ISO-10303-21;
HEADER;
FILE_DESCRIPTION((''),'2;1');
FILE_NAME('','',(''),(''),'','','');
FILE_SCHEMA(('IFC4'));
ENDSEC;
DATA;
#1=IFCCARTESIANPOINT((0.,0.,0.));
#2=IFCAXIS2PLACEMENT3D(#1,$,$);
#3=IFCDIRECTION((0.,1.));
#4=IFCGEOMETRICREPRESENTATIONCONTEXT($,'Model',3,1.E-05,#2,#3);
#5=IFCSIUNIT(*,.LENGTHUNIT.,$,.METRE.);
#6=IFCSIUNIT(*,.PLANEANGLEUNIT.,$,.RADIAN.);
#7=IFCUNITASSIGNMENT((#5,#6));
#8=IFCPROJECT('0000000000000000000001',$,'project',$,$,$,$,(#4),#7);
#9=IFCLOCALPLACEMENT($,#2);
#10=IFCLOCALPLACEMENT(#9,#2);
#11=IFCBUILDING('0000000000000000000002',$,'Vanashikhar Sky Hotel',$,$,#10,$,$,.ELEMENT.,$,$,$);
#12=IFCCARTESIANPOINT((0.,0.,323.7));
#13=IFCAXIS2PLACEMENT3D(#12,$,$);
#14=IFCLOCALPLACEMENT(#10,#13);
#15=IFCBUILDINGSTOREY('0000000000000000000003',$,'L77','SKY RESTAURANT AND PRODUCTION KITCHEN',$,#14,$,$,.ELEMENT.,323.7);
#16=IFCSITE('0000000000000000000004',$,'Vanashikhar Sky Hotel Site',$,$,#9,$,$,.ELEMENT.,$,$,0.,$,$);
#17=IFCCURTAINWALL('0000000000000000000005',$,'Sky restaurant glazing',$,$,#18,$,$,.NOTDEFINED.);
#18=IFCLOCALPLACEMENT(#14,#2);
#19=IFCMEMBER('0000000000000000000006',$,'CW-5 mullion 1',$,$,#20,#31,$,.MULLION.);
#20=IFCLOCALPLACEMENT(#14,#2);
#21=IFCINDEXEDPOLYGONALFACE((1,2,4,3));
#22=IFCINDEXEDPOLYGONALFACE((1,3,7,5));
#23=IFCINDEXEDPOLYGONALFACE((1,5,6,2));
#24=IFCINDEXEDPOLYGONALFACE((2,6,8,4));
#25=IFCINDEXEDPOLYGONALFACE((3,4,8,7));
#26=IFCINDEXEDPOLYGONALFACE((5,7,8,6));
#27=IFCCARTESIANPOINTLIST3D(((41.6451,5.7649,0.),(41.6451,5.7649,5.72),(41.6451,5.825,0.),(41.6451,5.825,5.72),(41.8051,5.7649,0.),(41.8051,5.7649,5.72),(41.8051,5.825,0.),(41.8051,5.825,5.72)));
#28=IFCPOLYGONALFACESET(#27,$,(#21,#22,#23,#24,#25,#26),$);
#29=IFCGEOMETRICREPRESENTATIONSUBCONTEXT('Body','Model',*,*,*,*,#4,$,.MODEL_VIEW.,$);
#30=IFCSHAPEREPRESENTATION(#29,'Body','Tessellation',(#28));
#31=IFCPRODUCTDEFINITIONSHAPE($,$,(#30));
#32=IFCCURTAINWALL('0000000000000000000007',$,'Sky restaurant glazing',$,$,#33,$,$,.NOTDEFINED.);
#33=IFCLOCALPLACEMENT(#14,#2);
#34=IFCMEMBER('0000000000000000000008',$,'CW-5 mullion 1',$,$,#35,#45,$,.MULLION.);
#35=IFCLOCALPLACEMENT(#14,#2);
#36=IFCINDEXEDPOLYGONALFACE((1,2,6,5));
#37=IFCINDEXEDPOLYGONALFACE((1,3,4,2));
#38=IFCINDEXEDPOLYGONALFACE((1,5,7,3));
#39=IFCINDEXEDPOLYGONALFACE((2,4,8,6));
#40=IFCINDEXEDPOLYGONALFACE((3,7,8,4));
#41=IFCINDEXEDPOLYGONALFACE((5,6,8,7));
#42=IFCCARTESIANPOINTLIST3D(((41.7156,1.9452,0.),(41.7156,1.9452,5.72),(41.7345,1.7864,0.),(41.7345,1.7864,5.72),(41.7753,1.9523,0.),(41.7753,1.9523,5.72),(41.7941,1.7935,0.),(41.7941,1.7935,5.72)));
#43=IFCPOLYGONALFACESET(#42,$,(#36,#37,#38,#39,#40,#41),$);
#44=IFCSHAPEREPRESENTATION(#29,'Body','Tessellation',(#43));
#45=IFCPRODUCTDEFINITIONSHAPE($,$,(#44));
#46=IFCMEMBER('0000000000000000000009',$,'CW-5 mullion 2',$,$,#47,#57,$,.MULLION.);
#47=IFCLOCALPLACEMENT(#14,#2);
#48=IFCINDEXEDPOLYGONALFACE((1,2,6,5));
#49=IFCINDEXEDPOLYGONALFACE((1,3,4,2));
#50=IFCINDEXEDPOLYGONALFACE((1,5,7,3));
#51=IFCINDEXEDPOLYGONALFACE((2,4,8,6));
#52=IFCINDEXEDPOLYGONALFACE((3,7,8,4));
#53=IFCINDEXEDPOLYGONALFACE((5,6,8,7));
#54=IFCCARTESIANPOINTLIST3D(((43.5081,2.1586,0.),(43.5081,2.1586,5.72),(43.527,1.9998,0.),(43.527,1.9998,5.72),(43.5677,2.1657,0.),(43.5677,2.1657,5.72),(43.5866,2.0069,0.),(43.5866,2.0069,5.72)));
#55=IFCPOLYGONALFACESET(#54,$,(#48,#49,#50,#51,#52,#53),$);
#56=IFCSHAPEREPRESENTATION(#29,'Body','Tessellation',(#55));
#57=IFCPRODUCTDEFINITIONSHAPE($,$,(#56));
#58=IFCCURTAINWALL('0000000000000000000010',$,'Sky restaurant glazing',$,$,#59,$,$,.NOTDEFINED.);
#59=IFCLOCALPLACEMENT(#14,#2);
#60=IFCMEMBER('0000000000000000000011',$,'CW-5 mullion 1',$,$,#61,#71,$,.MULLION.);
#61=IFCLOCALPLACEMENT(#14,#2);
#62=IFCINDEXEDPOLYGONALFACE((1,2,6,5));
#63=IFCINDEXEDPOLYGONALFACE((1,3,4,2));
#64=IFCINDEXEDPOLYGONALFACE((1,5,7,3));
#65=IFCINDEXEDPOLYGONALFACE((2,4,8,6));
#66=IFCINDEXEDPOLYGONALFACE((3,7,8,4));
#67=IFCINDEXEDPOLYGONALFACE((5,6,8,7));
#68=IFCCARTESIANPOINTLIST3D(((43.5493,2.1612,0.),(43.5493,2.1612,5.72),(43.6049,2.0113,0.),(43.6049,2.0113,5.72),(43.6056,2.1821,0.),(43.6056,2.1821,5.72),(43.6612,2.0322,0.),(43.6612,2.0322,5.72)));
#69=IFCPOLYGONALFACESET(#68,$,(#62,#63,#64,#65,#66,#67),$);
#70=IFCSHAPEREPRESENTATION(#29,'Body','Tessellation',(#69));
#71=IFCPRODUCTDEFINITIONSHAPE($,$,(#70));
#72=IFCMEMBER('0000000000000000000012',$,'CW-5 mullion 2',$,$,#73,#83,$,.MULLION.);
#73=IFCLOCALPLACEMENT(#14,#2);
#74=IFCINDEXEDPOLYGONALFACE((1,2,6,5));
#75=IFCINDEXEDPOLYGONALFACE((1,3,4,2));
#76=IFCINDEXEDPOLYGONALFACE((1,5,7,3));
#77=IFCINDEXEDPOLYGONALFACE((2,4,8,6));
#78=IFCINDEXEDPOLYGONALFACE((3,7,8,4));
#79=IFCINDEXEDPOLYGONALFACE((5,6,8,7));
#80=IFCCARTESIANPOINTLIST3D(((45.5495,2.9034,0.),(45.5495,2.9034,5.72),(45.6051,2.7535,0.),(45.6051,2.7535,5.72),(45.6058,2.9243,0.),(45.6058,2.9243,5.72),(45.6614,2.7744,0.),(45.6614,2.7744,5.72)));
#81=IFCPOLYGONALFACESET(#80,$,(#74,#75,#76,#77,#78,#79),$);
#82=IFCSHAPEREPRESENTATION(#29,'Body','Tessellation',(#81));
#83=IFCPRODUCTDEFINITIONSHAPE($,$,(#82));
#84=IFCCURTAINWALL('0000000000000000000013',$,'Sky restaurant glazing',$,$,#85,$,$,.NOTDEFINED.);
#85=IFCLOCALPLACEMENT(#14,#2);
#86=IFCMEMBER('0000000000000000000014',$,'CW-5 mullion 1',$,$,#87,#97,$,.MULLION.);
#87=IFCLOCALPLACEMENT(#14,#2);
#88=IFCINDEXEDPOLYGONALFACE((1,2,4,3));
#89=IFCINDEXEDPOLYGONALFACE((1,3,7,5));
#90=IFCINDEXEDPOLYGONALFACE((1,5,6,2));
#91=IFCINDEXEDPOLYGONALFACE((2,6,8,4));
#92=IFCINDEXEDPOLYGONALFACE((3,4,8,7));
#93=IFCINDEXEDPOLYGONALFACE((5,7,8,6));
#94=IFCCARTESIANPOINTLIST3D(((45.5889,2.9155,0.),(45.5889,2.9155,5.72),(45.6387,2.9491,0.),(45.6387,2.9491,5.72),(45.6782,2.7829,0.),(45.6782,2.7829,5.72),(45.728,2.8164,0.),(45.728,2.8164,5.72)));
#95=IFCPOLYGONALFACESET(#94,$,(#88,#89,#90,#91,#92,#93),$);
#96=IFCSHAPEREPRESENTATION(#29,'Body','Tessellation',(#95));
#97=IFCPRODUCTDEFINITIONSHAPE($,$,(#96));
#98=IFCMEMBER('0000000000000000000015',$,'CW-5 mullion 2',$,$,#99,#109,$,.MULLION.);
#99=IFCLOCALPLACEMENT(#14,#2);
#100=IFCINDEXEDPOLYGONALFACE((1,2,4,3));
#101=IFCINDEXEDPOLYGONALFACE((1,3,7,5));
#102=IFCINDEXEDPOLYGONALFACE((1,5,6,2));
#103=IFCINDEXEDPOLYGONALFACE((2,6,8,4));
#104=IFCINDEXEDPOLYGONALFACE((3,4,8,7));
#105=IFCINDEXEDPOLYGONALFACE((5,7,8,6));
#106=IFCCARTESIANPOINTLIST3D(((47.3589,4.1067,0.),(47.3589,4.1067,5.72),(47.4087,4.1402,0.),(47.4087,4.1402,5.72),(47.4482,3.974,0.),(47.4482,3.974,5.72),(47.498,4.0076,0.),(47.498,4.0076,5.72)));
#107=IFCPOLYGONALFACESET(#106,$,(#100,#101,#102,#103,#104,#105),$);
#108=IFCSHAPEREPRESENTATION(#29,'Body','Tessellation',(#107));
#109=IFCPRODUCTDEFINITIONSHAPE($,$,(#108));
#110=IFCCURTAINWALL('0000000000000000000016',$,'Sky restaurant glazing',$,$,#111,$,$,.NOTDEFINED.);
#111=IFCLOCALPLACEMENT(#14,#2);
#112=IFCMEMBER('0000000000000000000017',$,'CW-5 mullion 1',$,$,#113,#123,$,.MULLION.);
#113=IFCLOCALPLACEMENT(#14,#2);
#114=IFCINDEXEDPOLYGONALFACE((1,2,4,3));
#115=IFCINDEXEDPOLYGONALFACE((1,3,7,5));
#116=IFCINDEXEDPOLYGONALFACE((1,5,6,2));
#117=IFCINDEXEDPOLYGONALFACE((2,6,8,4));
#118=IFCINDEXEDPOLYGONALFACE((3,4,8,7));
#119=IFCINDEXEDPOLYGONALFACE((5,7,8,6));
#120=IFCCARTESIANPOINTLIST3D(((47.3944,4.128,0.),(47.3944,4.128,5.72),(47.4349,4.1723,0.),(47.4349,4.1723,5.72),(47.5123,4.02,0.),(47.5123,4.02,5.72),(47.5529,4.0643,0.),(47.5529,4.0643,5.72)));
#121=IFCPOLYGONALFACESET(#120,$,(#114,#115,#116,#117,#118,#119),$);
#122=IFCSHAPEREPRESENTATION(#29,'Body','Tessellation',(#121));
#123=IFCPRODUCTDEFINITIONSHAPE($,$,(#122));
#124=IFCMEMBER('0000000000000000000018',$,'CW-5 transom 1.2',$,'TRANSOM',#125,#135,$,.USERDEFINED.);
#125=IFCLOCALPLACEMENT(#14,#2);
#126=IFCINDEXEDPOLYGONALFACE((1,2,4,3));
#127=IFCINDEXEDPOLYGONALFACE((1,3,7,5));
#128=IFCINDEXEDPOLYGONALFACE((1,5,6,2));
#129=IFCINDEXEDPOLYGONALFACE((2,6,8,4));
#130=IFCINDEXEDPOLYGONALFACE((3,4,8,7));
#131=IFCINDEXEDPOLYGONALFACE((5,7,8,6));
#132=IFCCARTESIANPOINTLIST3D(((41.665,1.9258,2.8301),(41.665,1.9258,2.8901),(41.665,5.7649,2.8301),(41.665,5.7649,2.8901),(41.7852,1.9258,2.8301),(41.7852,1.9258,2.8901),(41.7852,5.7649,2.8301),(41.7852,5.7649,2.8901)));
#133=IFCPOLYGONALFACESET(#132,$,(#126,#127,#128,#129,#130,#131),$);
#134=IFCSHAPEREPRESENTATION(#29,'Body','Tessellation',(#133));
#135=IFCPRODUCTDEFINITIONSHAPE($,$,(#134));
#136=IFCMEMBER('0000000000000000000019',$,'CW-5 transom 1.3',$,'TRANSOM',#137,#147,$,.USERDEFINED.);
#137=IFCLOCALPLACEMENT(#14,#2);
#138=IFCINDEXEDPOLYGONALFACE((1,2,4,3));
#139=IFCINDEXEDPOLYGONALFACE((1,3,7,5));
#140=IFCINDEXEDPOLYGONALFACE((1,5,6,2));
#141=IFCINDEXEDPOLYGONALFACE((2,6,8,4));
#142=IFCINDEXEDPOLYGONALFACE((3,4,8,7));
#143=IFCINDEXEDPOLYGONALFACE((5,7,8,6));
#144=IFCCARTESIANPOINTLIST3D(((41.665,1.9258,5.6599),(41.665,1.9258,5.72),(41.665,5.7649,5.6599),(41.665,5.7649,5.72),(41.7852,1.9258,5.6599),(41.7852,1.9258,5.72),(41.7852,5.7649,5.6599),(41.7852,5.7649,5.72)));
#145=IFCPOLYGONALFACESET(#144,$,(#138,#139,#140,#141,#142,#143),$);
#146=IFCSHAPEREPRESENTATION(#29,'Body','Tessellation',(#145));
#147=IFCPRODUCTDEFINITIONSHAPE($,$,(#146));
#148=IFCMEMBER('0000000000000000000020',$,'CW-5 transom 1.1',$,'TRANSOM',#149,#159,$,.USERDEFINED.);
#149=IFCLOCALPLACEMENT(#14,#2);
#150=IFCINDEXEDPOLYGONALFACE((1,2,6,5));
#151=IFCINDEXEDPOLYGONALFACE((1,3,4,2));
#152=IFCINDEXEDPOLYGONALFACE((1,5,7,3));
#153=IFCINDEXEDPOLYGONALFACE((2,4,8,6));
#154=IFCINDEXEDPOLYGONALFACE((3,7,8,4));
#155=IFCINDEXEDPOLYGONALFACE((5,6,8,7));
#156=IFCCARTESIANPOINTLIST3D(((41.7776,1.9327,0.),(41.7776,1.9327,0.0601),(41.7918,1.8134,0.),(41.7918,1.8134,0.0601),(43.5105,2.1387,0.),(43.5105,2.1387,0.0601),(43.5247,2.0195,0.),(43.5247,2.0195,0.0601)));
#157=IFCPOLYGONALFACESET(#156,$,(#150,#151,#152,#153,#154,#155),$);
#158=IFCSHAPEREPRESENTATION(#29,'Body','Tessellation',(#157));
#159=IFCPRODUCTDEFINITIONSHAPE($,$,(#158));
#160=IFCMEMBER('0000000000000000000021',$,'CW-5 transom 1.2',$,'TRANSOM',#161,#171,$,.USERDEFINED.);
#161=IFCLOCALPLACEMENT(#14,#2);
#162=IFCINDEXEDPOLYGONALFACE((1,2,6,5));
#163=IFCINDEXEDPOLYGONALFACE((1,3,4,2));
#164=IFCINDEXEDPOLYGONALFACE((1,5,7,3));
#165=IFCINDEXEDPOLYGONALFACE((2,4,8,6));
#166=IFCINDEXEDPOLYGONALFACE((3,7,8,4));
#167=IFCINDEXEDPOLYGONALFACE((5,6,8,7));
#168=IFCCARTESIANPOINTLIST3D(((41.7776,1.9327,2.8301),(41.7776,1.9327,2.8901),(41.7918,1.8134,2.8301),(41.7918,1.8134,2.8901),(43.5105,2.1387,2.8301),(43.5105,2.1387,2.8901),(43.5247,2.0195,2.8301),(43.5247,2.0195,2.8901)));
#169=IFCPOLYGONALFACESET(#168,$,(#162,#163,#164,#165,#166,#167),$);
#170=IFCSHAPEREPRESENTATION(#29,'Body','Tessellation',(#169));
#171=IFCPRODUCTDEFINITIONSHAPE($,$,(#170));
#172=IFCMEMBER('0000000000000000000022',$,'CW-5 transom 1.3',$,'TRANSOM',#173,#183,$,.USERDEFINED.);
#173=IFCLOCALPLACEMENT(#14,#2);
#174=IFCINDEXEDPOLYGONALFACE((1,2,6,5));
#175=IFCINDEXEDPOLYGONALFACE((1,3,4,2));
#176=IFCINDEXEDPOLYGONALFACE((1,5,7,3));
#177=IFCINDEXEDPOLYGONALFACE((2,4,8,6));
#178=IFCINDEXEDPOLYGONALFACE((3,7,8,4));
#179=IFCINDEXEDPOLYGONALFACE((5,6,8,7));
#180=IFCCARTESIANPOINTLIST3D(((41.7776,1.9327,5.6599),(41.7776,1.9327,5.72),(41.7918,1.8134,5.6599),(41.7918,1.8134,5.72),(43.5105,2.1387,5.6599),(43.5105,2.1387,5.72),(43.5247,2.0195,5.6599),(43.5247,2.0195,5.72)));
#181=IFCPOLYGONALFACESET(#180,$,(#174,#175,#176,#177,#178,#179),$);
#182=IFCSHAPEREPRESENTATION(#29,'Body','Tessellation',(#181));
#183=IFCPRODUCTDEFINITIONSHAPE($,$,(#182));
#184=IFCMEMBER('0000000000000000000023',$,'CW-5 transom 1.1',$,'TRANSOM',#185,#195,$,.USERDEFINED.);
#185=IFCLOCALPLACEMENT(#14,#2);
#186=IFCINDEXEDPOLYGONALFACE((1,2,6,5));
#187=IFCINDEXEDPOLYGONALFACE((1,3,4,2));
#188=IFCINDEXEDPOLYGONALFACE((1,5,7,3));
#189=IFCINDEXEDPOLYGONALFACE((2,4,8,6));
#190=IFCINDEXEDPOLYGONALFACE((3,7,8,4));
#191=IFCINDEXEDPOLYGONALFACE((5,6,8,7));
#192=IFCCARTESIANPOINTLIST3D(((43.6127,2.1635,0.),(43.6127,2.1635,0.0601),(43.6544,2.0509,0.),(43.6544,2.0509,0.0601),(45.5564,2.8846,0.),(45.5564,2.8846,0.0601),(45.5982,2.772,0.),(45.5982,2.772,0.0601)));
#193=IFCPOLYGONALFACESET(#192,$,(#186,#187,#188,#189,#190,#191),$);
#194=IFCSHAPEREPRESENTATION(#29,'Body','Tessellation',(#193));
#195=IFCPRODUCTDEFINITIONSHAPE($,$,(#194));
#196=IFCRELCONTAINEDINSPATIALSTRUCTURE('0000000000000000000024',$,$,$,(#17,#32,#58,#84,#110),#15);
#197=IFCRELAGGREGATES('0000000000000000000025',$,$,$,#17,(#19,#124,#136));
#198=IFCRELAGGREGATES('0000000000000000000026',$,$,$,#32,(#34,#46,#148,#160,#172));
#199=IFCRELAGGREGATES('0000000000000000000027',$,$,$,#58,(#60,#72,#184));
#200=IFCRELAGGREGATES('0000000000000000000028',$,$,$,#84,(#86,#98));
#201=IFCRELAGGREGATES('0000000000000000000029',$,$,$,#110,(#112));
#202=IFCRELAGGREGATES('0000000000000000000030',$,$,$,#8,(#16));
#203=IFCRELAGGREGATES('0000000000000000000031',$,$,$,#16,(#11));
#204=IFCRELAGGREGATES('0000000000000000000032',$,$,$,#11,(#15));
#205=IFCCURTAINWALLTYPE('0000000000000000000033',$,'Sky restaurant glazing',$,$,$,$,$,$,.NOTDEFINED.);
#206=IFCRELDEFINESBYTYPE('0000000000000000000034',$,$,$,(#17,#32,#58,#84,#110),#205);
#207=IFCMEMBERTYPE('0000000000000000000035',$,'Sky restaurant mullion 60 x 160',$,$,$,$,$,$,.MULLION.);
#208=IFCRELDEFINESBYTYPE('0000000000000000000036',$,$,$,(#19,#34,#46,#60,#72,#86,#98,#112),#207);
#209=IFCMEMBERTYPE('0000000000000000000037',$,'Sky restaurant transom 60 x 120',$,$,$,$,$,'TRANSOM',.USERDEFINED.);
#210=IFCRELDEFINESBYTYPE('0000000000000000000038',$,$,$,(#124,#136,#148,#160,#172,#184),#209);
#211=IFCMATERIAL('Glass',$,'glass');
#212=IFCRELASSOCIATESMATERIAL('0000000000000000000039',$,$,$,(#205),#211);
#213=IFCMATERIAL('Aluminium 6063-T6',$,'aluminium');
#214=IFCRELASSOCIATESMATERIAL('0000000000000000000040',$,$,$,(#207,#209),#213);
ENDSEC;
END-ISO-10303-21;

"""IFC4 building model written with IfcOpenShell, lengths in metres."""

from ifc_helpers import new_model, si_unit, direction, frame, origin, origin_2d, place, context, subcontext, project, spatial, rectangle, extrude, source, transform, mapped, material, material_profile, profile_set, type_object, element, aggregate, save


model = new_model("IFC4")

# Units and contexts
model_context = context("Model", 3, precision=1e-05, world=origin(), true_north=direction((0.0, 1.0)))
body_context = subcontext(model_context, "Body", "Model", "MODEL_VIEW")
ifc_project = project(units=[si_unit("LENGTHUNIT", "METRE"), si_unit("PLANEANGLEUNIT", "RADIAN")], contexts=[model_context])

# Site, building, storey
site_placement = place(None, origin())
site = spatial("IfcSite", under=ifc_project, at=site_placement, Name="Vanashikhar Sky Hotel Site", CompositionType="ELEMENT", RefElevation=0.0)
building_placement = place(site_placement, origin())
building = spatial("IfcBuilding", under=site, at=building_placement, Name="Vanashikhar Sky Hotel", CompositionType="ELEMENT")
storey_placement = place(building_placement, frame((0.0, 0.0, 323.7)))
storey = spatial("IfcBuildingStorey", under=building, at=storey_placement, Name="L77", Description="SKY RESTAURANT AND PRODUCTION KITCHEN", CompositionType="ELEMENT", Elevation=323.7)

# Curtain wall, member
ifc_material_1 = material(Name="Glass", Category="glass")
curtain_wall_type = type_object("IfcCurtainWallType", Name="Sky restaurant glazing", PredefinedType="NOTDEFINED", material=ifc_material_1)
curtain_wall_1_placement = place(storey_placement, origin())
curtain_wall_1 = element("IfcCurtainWall", 1, at=curtain_wall_1_placement, inside=storey, type_object=curtain_wall_type, Name="Sky restaurant glazing", PredefinedType="NOTDEFINED")
ifc_material_2 = material(Name="Aluminium 6063-T6", Category="aluminium")
ifc_material_profile_1 = material_profile(ifc_material_2, rectangle(XDim=0.1599, YDim=0.0601, at=origin_2d()))
ifc_profile_set_1 = profile_set([ifc_material_profile_1], Name="Aluminium 6063-T6")
member_type_1 = type_object("IfcMemberType", Name="Sky restaurant mullion 60 x 160", PredefinedType="MULLION", material=ifc_profile_set_1)
shared_shape_1 = source(origin(), body_context, "Body", "SweptSolid", [
    extrude(rectangle(XDim=0.1599, YDim=0.0601, at=origin_2d()), origin(), (0.0, 0.0, 1.0), 5.72),
])
member_1_placement = place(storey_placement, frame((41.7251, 5.7949, 0.0), z_axis=(0.0, 0.0, 1.0), x_axis=(1.0, 0.0, 0.0)))
member_1 = element("IfcMember", 2, at=member_1_placement, type_object=member_type_1, Name="CW-5 mullion 1", PredefinedType="MULLION", context=body_context, shape_type="MappedRepresentation", body=[
    mapped(shared_shape_1, transform((0.0, 0.0, 0.0), scale=1.0)),
])

# Curtain walls, members
curtain_wall_2_placement = place(storey_placement, origin())
curtain_wall_2 = element("IfcCurtainWall", 3, at=curtain_wall_2_placement, inside=storey, type_object=curtain_wall_type, Name="Sky restaurant glazing", PredefinedType="NOTDEFINED")
member_2_placement = place(storey_placement, frame((41.7549, 1.8694, 0.0), z_axis=(0.0, 0.0, 1.0), x_axis=(-0.118107, 0.993001, 0.0)))
member_2 = element("IfcMember", 4, at=member_2_placement, type_object=member_type_1, Name="CW-5 mullion 1", PredefinedType="MULLION", context=body_context, shape_type="MappedRepresentation", body=[
    mapped(shared_shape_1, transform((0.0, 0.0, 0.0), scale=1.0)),
])
member_3_placement = place(storey_placement, frame((43.5474, 2.0828, 0.0), z_axis=(0.0, 0.0, 1.0), x_axis=(-0.118107, 0.993001, 0.0)))
member_3 = element("IfcMember", 5, at=member_3_placement, type_object=member_type_1, Name="CW-5 mullion 2", PredefinedType="MULLION", context=body_context, shape_type="MappedRepresentation", body=[
    mapped(shared_shape_1, transform((0.0, 0.0, 0.0), scale=1.0)),
])
curtain_wall_3_placement = place(storey_placement, origin())
curtain_wall_3 = element("IfcCurtainWall", 6, at=curtain_wall_3_placement, inside=storey, type_object=curtain_wall_type, Name="Sky restaurant glazing", PredefinedType="NOTDEFINED")
member_4_placement = place(storey_placement, frame((43.6052, 2.0967, 0.0), z_axis=(0.0, 0.0, 1.0), x_axis=(-0.347864, 0.937545, 0.0)))
member_4 = element("IfcMember", 7, at=member_4_placement, type_object=member_type_1, Name="CW-5 mullion 1", PredefinedType="MULLION", context=body_context, shape_type="MappedRepresentation", body=[
    mapped(shared_shape_1, transform((0.0, 0.0, 0.0), scale=1.0)),
])
member_5_placement = place(storey_placement, frame((45.6055, 2.8389, 0.0), z_axis=(0.0, 0.0, 1.0), x_axis=(-0.347864, 0.937545, 0.0)))
member_5 = element("IfcMember", 8, at=member_5_placement, type_object=member_type_1, Name="CW-5 mullion 2", PredefinedType="MULLION", context=body_context, shape_type="MappedRepresentation", body=[
    mapped(shared_shape_1, transform((0.0, 0.0, 0.0), scale=1.0)),
])
curtain_wall_4_placement = place(storey_placement, origin())
curtain_wall_4 = element("IfcCurtainWall", 9, at=curtain_wall_4_placement, inside=storey, type_object=curtain_wall_type, Name="Sky restaurant glazing", PredefinedType="NOTDEFINED")
member_6_placement = place(storey_placement, frame((45.6584, 2.866, 0.0), z_axis=(0.0, 0.0, 1.0), x_axis=(-0.558356, 0.829602, 0.0)))
member_6 = element("IfcMember", 10, at=member_6_placement, type_object=member_type_1, Name="CW-5 mullion 1", PredefinedType="MULLION", context=body_context, shape_type="MappedRepresentation", body=[
    mapped(shared_shape_1, transform((0.0, 0.0, 0.0), scale=1.0)),
])
member_7_placement = place(storey_placement, frame((47.4285, 4.0571, 0.0), z_axis=(0.0, 0.0, 1.0), x_axis=(-0.558356, 0.829602, 0.0)))
member_7 = element("IfcMember", 11, at=member_7_placement, type_object=member_type_1, Name="CW-5 mullion 2", PredefinedType="MULLION", context=body_context, shape_type="MappedRepresentation", body=[
    mapped(shared_shape_1, transform((0.0, 0.0, 0.0), scale=1.0)),
])

# Curtain wall, member
curtain_wall_5_placement = place(storey_placement, origin())
curtain_wall_5 = element("IfcCurtainWall", 12, at=curtain_wall_5_placement, inside=storey, type_object=curtain_wall_type, Name="Sky restaurant glazing", PredefinedType="NOTDEFINED")
member_8_placement = place(storey_placement, frame((47.4736, 4.0962, 0.0), z_axis=(0.0, 0.0, 1.0), x_axis=(-0.737472, 0.675378, 0.0)))
member_8 = element("IfcMember", 13, at=member_8_placement, type_object=member_type_1, Name="CW-5 mullion 1", PredefinedType="MULLION", context=body_context, shape_type="MappedRepresentation", body=[
    mapped(shared_shape_1, transform((0.0, 0.0, 0.0), scale=1.0)),
])

# Members
ifc_material_profile_2 = material_profile(ifc_material_2, rectangle(XDim=0.1201, YDim=0.0601, at=origin_2d()))
ifc_profile_set_2 = profile_set([ifc_material_profile_2], Name="Aluminium 6063-T6")
member_type_2 = type_object("IfcMemberType", Name="Sky restaurant transom 60 x 120", ElementType="TRANSOM", PredefinedType="USERDEFINED", material=ifc_profile_set_2)
shared_shape_2 = source(origin(), body_context, "Body", "SweptSolid", [
    extrude(rectangle(XDim=0.1201, YDim=0.0601, at=origin_2d()), origin(), (0.0, 0.0, 1.0), 3.8391),
])
member_9_placement = place(storey_placement, frame((41.7251, 5.7649, 2.8601), z_axis=(0.0, -1.0, 0.0), x_axis=(1.0, 0.0, 0.0)))
member_9 = element("IfcMember", 14, at=member_9_placement, type_object=member_type_2, Name="CW-5 transom 1.2", ObjectType="TRANSOM", PredefinedType="USERDEFINED", context=body_context, shape_type="MappedRepresentation", body=[
    mapped(shared_shape_2, transform((0.0, 0.0, 0.0), scale=1.0)),
])
member_10_placement = place(storey_placement, frame((41.7251, 5.7649, 5.6899), z_axis=(0.0, -1.0, 0.0), x_axis=(1.0, 0.0, 0.0)))
member_10 = element("IfcMember", 15, at=member_10_placement, type_object=member_type_2, Name="CW-5 transom 1.3", ObjectType="TRANSOM", PredefinedType="USERDEFINED", context=body_context, shape_type="MappedRepresentation", body=[
    mapped(shared_shape_2, transform((0.0, 0.0, 0.0), scale=1.0)),
])
aggregate(curtain_wall_1, [member_1, member_9, member_10])
shared_shape_3 = source(origin(), body_context, "Body", "SweptSolid", [
    extrude(rectangle(XDim=0.1201, YDim=0.0601, at=origin_2d()), origin(), (0.0, 0.0, 1.0), 1.7451),
])
member_11_placement = place(storey_placement, frame((41.7847, 1.873, 0.03), z_axis=(0.993005, 0.118075, 0.0), x_axis=(-0.118075, 0.993005, 0.0)))
member_11 = element("IfcMember", 16, at=member_11_placement, type_object=member_type_2, Name="CW-5 transom 1.1", ObjectType="TRANSOM", PredefinedType="USERDEFINED", context=body_context, shape_type="MappedRepresentation", body=[
    mapped(shared_shape_3, transform((0.0, 0.0, 0.0), scale=1.0)),
])
member_12_placement = place(storey_placement, frame((41.7847, 1.873, 2.8601), z_axis=(0.993005, 0.118075, 0.0), x_axis=(-0.118075, 0.993005, 0.0)))
member_12 = element("IfcMember", 17, at=member_12_placement, type_object=member_type_2, Name="CW-5 transom 1.2", ObjectType="TRANSOM", PredefinedType="USERDEFINED", context=body_context, shape_type="MappedRepresentation", body=[
    mapped(shared_shape_3, transform((0.0, 0.0, 0.0), scale=1.0)),
])
member_13_placement = place(storey_placement, frame((41.7847, 1.873, 5.6899), z_axis=(0.993005, 0.118075, 0.0), x_axis=(-0.118075, 0.993005, 0.0)))
member_13 = element("IfcMember", 18, at=member_13_placement, type_object=member_type_2, Name="CW-5 transom 1.3", ObjectType="TRANSOM", PredefinedType="USERDEFINED", context=body_context, shape_type="MappedRepresentation", body=[
    mapped(shared_shape_3, transform((0.0, 0.0, 0.0), scale=1.0)),
])
shared_shape_4 = source(origin(), body_context, "Body", "SweptSolid", [
    extrude(rectangle(XDim=0.1201, YDim=0.0601, at=origin_2d()), origin(), (0.0, 0.0, 1.0), 2.0732),
])
member_14_placement = place(storey_placement, frame((43.6335, 2.1072, 0.03), z_axis=(0.937553, 0.347844, 0.0), x_axis=(-0.347844, 0.937553, 0.0)))
member_14 = element("IfcMember", 19, at=member_14_placement, type_object=member_type_2, Name="CW-5 transom 1.1", ObjectType="TRANSOM", PredefinedType="USERDEFINED", context=body_context, shape_type="MappedRepresentation", body=[
    mapped(shared_shape_4, transform((0.0, 0.0, 0.0), scale=1.0)),
])

aggregate(curtain_wall_2, [member_2, member_3, member_11, member_12, member_13])
aggregate(curtain_wall_3, [member_4, member_5, member_14])
aggregate(curtain_wall_4, [member_6, member_7])
aggregate(curtain_wall_5, [member_8])

save(model, "model.ifc")
